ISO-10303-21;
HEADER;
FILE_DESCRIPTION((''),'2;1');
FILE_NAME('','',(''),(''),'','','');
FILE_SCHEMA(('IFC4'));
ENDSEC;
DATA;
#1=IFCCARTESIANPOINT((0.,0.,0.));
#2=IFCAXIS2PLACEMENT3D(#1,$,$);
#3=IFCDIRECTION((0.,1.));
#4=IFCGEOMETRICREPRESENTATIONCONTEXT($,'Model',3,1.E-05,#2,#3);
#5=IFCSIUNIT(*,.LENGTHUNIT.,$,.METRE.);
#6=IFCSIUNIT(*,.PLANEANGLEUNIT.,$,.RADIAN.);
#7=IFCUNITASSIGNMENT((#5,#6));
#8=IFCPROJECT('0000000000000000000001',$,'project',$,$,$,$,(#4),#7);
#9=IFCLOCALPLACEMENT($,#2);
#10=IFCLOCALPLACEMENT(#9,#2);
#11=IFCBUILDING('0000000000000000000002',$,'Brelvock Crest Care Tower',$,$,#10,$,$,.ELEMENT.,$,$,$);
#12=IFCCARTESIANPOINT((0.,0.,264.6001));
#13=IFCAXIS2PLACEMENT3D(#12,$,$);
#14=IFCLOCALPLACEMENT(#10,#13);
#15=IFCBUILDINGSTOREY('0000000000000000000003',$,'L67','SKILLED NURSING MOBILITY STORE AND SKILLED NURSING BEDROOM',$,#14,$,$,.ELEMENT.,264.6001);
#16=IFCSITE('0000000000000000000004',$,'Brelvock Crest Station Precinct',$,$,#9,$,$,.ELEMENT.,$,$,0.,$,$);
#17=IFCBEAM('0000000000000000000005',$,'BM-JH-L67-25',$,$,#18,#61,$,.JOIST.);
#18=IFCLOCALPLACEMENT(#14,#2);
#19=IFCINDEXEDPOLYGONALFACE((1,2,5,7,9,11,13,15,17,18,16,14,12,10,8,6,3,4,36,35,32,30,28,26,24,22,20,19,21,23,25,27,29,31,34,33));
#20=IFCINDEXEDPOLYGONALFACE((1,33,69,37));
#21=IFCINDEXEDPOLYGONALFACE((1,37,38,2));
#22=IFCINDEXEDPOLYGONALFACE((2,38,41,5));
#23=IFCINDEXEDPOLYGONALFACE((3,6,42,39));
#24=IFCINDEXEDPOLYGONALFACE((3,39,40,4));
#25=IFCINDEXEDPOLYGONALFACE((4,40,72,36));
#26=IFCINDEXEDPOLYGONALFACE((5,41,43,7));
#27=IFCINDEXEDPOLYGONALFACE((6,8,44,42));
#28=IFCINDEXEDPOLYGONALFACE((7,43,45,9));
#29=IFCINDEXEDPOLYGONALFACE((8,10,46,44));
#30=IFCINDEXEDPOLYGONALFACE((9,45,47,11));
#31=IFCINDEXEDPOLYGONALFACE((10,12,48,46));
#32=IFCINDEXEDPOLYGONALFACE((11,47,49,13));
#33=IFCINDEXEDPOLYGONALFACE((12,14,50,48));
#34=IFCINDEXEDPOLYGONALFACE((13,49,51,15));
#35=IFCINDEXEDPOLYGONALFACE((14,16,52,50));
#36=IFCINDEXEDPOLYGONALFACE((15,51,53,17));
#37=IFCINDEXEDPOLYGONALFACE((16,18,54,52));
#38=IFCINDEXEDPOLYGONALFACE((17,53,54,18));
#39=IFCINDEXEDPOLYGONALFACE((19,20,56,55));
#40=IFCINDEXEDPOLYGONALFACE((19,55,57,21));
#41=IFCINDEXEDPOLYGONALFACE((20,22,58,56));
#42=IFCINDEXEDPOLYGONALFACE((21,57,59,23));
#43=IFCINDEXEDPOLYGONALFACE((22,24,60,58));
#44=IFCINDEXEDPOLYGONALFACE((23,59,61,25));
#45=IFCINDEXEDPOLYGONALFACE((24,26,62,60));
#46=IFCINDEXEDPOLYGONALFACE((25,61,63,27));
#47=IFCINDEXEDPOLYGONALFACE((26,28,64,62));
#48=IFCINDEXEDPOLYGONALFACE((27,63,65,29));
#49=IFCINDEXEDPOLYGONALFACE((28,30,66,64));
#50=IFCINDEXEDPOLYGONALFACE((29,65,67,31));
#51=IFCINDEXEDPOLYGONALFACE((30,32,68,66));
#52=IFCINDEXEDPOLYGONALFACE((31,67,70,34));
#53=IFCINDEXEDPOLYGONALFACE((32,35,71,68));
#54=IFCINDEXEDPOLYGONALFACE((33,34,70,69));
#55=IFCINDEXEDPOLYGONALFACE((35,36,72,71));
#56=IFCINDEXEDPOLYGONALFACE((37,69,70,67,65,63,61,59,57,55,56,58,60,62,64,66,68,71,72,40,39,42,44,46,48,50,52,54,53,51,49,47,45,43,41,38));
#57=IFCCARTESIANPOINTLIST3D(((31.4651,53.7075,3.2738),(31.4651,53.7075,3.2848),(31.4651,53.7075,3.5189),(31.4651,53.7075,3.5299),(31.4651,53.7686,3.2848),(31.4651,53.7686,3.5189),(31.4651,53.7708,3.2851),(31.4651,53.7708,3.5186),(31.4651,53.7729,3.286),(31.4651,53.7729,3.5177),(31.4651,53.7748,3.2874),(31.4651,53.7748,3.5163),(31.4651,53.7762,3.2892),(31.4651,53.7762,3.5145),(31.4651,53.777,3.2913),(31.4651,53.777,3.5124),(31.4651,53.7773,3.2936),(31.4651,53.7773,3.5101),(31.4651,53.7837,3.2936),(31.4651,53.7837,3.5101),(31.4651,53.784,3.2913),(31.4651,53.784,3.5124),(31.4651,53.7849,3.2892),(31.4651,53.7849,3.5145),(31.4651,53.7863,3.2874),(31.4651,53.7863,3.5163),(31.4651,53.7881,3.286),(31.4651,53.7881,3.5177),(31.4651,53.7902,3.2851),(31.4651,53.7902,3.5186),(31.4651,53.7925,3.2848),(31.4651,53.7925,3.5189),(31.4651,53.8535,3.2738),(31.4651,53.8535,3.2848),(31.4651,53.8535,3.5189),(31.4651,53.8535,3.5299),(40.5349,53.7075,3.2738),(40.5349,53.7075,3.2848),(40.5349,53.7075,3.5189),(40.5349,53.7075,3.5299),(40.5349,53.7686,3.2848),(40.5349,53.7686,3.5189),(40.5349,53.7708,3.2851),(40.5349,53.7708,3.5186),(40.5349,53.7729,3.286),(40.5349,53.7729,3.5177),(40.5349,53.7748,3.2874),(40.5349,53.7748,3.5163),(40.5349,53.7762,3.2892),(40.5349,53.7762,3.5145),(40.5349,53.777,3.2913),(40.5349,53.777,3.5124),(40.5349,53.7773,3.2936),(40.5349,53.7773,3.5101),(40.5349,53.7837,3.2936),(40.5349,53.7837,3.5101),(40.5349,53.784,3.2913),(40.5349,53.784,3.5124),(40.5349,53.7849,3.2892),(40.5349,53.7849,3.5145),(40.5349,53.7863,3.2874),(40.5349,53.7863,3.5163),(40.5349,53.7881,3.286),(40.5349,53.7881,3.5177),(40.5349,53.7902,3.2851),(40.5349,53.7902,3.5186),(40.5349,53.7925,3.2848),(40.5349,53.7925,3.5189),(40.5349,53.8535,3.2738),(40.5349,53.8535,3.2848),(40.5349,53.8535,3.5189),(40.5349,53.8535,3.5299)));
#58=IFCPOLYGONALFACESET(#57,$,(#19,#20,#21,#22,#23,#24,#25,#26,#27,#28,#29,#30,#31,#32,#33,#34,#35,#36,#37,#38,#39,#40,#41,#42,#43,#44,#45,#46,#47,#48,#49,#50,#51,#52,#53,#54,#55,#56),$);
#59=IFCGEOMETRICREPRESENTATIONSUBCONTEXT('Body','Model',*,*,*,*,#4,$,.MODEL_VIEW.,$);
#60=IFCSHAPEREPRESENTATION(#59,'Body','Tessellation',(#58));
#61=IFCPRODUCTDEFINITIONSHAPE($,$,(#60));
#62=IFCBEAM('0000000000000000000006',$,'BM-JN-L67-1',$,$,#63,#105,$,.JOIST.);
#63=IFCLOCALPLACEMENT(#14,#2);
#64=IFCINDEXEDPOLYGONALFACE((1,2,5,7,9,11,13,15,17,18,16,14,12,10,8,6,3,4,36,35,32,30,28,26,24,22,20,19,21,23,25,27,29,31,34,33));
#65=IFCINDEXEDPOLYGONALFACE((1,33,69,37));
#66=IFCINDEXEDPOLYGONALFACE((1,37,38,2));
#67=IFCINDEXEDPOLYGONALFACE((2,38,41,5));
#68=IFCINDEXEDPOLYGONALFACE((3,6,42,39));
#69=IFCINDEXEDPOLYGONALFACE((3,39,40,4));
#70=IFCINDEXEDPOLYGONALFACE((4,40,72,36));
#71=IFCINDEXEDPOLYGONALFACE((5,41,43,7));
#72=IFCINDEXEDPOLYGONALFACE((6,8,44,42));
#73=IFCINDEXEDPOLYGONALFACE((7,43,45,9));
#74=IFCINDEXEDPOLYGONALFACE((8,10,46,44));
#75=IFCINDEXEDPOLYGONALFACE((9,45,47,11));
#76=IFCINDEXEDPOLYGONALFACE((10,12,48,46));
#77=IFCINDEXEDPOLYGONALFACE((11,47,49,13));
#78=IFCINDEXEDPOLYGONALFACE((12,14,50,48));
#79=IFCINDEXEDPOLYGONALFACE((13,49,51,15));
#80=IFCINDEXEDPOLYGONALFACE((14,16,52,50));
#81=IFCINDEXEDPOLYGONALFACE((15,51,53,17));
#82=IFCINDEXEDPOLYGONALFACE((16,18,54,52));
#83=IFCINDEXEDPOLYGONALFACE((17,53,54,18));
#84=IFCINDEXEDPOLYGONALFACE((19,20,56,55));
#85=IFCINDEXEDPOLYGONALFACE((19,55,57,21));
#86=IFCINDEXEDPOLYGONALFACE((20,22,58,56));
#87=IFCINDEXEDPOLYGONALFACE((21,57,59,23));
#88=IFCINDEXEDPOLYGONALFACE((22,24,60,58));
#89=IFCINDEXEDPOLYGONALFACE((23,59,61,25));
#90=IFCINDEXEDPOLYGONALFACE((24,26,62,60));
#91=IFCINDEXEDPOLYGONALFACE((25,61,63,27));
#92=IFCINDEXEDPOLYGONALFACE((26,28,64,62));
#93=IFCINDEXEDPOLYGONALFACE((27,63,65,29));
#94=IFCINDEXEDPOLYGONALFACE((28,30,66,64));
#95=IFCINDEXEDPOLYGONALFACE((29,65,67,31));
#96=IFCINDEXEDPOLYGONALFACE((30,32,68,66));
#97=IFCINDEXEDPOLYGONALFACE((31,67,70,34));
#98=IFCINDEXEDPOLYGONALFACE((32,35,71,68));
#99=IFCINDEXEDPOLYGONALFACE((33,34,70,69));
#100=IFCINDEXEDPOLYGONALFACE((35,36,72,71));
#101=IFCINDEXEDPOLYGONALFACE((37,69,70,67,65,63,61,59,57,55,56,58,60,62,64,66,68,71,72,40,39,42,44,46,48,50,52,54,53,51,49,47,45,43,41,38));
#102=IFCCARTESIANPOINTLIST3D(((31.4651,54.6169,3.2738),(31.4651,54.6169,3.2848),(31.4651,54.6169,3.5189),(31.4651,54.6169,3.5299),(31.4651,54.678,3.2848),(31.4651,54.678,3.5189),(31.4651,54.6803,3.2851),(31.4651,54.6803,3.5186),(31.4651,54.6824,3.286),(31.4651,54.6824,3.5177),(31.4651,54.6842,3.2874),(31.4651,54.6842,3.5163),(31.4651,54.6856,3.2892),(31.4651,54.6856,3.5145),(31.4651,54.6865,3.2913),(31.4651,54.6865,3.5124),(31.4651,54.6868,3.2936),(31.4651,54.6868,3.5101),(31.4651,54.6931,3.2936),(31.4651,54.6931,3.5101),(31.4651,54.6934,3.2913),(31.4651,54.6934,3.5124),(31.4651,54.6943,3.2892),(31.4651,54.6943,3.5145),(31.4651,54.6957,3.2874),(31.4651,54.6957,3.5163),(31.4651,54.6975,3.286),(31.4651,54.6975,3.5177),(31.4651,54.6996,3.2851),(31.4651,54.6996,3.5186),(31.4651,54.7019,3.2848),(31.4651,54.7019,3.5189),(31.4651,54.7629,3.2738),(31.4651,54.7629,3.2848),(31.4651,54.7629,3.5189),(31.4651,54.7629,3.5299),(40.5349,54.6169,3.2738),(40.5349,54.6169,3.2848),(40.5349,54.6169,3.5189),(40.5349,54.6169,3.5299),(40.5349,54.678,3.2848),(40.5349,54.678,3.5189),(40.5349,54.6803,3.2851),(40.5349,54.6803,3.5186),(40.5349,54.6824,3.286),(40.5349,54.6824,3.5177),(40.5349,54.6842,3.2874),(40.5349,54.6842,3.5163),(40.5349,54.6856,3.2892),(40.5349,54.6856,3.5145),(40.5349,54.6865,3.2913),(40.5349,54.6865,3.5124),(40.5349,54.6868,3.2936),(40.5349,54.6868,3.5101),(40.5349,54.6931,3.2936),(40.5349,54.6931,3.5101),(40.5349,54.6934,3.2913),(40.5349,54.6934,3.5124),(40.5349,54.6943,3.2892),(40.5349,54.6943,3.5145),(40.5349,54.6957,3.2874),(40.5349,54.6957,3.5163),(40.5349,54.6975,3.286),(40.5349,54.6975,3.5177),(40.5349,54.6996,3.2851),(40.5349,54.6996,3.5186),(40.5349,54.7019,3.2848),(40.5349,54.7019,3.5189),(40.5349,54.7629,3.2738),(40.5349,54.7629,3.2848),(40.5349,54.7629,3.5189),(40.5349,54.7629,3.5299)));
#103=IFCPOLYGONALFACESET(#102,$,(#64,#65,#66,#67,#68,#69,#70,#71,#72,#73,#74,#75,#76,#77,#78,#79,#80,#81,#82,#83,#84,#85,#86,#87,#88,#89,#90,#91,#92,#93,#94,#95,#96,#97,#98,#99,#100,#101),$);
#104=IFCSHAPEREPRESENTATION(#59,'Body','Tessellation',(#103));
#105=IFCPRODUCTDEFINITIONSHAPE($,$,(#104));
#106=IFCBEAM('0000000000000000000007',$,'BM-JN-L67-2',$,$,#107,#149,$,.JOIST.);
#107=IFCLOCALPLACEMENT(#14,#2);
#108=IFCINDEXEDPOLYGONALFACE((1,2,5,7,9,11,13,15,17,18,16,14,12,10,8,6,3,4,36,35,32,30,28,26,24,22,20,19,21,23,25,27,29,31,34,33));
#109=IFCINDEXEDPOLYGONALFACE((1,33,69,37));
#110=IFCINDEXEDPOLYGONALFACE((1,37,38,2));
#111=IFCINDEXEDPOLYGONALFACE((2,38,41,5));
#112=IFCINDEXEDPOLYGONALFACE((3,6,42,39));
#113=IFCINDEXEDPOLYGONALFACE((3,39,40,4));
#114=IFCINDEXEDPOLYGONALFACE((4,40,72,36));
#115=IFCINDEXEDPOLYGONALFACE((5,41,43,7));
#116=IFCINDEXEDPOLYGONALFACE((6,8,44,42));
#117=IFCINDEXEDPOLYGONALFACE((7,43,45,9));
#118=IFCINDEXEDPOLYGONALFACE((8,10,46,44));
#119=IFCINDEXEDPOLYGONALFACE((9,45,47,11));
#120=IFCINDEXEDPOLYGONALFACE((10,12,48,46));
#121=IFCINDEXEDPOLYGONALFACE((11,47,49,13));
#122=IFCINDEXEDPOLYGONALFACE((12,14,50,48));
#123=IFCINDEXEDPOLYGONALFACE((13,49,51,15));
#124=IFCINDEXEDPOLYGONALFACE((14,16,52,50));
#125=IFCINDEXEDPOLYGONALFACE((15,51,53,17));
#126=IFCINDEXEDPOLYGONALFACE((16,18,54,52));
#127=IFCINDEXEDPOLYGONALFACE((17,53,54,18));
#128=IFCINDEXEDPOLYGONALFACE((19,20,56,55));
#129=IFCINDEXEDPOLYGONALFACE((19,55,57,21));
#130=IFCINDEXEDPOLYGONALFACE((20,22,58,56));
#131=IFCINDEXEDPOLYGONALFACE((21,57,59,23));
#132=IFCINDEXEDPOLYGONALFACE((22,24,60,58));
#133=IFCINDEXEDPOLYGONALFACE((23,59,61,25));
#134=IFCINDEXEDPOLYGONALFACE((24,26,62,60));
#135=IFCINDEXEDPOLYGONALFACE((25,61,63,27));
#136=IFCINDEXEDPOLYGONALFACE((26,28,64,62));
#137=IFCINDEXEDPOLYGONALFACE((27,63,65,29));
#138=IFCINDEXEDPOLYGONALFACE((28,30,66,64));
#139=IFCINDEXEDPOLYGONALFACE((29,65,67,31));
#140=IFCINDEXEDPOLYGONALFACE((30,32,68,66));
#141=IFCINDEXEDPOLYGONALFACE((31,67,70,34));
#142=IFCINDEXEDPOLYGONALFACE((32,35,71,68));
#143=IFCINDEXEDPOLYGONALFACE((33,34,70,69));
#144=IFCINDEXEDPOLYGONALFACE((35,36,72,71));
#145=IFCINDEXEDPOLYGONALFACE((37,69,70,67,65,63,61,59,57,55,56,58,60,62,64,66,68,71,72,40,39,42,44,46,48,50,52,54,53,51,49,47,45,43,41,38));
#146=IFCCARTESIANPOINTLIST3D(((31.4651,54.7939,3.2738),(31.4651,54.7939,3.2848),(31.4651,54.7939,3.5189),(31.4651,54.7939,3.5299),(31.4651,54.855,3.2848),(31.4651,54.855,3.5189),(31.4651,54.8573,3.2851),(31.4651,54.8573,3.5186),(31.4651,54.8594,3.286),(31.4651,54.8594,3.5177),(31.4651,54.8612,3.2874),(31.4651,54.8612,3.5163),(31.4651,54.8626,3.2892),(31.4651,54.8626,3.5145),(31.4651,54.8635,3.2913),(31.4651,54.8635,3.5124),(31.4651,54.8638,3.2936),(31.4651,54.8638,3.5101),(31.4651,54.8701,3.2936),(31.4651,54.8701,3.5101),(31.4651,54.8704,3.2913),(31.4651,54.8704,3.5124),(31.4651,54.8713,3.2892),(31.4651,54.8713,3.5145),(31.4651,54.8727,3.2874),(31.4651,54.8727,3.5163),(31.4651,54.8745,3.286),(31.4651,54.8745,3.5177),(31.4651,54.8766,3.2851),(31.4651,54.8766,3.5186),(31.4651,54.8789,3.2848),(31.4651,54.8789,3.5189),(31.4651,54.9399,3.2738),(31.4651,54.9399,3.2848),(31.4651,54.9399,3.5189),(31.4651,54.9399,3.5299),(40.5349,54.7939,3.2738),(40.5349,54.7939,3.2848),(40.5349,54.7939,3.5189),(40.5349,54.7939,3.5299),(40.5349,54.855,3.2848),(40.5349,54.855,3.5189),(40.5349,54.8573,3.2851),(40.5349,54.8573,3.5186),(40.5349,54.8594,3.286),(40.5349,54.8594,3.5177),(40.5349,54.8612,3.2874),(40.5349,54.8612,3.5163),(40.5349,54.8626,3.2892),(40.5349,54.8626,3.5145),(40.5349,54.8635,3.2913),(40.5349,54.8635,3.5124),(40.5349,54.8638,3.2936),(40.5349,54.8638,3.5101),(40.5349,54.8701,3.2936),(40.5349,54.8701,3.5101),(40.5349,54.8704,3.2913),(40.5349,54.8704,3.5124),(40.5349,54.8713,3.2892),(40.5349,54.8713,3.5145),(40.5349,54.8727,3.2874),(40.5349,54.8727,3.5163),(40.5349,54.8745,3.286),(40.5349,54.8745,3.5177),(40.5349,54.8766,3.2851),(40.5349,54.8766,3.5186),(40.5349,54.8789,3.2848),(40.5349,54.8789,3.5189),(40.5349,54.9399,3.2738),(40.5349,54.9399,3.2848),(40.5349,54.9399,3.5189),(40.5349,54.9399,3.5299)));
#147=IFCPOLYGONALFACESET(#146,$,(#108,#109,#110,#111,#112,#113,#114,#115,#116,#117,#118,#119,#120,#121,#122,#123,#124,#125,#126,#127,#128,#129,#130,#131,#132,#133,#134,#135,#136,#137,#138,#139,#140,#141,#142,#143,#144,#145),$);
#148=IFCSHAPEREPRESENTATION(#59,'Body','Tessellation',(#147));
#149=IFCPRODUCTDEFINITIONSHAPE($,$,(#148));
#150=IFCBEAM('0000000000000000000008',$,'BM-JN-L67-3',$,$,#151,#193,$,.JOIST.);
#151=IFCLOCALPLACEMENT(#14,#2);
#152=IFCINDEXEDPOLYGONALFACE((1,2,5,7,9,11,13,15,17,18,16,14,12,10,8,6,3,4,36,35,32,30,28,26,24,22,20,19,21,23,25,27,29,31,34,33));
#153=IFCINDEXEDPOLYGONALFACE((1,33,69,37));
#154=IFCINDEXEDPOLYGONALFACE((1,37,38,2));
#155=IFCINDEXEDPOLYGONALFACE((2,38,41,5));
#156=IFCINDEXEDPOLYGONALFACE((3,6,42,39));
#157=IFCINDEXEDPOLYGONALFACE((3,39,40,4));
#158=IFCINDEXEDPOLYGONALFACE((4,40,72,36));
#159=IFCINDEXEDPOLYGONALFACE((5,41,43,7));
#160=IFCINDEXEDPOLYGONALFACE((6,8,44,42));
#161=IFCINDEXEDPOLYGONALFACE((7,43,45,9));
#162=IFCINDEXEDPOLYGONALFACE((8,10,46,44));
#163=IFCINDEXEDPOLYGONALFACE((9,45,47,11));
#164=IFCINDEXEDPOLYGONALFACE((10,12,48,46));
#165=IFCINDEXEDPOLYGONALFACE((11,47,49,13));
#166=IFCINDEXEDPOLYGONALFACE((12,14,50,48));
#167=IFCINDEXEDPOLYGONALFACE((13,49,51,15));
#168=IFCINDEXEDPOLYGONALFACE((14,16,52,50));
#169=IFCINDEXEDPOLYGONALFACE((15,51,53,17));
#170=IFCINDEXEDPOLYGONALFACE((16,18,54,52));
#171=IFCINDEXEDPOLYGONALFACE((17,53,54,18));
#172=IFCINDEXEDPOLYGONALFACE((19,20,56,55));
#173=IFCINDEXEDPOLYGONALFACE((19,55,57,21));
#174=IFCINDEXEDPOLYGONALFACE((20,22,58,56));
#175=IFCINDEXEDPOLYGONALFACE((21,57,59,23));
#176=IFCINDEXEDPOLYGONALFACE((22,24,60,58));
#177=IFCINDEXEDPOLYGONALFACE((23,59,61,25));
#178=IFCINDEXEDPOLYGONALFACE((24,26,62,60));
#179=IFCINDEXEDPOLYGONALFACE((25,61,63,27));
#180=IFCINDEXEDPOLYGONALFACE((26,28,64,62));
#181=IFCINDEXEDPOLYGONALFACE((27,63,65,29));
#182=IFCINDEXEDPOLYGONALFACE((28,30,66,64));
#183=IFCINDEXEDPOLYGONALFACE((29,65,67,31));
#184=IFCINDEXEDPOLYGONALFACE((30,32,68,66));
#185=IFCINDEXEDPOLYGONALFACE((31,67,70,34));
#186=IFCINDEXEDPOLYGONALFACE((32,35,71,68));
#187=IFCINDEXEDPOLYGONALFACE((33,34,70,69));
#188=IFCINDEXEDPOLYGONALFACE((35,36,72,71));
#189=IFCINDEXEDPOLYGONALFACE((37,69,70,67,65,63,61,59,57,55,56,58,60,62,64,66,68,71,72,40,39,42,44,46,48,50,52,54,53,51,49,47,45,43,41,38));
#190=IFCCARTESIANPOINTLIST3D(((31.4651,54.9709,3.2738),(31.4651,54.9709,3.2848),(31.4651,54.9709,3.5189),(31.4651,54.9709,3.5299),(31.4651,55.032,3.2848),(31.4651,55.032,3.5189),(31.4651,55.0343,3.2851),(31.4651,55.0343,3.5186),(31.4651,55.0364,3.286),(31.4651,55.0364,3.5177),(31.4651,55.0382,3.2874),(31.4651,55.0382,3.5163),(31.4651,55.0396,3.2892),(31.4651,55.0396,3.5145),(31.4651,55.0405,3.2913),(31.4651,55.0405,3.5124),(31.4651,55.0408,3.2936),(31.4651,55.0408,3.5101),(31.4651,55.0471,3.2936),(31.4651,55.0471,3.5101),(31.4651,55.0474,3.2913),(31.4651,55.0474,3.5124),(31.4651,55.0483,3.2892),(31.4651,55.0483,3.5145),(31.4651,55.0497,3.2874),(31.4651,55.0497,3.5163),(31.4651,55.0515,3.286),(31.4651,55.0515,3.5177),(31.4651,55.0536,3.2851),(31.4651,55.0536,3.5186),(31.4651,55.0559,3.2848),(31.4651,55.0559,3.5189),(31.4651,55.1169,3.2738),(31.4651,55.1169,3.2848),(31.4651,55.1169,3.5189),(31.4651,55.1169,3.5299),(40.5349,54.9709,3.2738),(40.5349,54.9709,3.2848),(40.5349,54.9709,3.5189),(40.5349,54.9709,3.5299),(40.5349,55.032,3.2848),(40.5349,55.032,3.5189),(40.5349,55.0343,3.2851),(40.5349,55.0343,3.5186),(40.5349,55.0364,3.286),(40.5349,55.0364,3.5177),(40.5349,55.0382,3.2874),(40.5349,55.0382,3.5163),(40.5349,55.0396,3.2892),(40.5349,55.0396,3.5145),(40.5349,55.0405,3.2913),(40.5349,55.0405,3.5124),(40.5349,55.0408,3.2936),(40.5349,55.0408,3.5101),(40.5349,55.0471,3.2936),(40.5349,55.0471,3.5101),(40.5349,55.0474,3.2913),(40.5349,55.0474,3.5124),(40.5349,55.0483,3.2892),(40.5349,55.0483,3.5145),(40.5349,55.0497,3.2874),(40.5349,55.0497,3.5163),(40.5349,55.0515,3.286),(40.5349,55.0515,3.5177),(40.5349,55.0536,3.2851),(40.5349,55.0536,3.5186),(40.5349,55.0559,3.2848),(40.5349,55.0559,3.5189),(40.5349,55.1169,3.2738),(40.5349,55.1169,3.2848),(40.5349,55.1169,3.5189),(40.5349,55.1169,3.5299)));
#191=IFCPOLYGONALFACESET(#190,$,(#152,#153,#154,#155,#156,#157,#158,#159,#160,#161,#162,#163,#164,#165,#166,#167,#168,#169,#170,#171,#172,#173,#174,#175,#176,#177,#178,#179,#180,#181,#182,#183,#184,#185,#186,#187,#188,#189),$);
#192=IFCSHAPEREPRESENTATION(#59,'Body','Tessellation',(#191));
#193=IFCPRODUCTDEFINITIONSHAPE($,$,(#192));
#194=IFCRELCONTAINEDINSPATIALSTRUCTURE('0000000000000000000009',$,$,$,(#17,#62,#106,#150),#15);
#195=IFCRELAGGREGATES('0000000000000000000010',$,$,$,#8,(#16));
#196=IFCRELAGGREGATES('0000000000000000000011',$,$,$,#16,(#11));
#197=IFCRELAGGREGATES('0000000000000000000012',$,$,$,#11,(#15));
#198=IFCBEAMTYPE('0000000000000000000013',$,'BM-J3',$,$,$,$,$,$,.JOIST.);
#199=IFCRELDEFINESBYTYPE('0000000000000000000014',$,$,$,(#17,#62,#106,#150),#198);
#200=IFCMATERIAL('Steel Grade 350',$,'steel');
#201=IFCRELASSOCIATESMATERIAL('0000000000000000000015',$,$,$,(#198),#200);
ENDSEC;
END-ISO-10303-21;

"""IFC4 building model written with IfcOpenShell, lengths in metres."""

from ifc_helpers import new_model, si_unit, direction, frame, origin, origin_2d, place, context, subcontext, project, spatial, i_section, extrude, source, transform, mapped, material, material_profile, profile_set, type_object, element, save


model = new_model("IFC4")

# Units and contexts
model_context = context("Model", 3, precision=1e-05, world=origin(), true_north=direction((0.0, 1.0)))
body_context = subcontext(model_context, "Body", "Model", "MODEL_VIEW")
ifc_project = project(units=[si_unit("LENGTHUNIT", "METRE"), si_unit("PLANEANGLEUNIT", "RADIAN")], contexts=[model_context])

# Site, building, storey
site_placement = place(None, origin())
site = spatial("IfcSite", under=ifc_project, at=site_placement, Name="Brelvock Crest Station Precinct", CompositionType="ELEMENT", RefElevation=0.0)
building_placement = place(site_placement, origin())
building = spatial("IfcBuilding", under=site, at=building_placement, Name="Brelvock Crest Care Tower", CompositionType="ELEMENT")
storey_placement = place(building_placement, frame((0.0, 0.0, 264.6001)))
storey = spatial("IfcBuildingStorey", under=building, at=storey_placement, Name="L67", Description="SKILLED NURSING MOBILITY STORE AND SKILLED NURSING BEDROOM", CompositionType="ELEMENT", Elevation=264.6001)

# Shared definitions
ifc_material_1 = material(Name="Steel Grade 350", Category="steel")

# Beams
ifc_material_profile_1 = material_profile(ifc_material_1, i_section(OverallWidth=0.146, OverallDepth=0.2561, WebThickness=0.0063, FlangeThickness=0.011, FilletRadius=0.0088, at=origin_2d()), Name="250UB37.3")
ifc_profile_set_1 = profile_set([ifc_material_profile_1], Name="Steel Grade 350")
beam_type_1 = type_object("IfcBeamType", Name="BM-J3", PredefinedType="JOIST", material=ifc_profile_set_1)
shared_shape_1 = source(origin(), body_context, "Body", "SweptSolid", [
    extrude(i_section(OverallWidth=0.146, OverallDepth=0.2561, WebThickness=0.0063, FlangeThickness=0.011, FilletRadius=0.0088, at=origin_2d()), origin(), (0.0, 0.0, 1.0), 9.0698),
])
for number, where, z_axis, x_axis, name in (
    (1, (31.4651, 53.7805, 3.4019), (1.0, 0.0, 0.0), (0.0, 1.0, 0.0), "BM-JH-L67-25"),
    (2, (31.4651, 54.6899, 3.4019), (1.0, 0.0, 0.0), (0.0, 1.0, 0.0), "BM-JN-L67-1"),
    (3, (31.4651, 54.8669, 3.4019), (1.0, 0.0, 0.0), (0.0, 1.0, 0.0), "BM-JN-L67-2"),
    (4, (31.4651, 55.0439, 3.4019), (1.0, 0.0, 0.0), (0.0, 1.0, 0.0), "BM-JN-L67-3"),
):
    element("IfcBeam", number, at=place(storey_placement, frame(where, z_axis=z_axis, x_axis=x_axis)), inside=storey, type_object=beam_type_1, Name=name, PredefinedType="JOIST", context=body_context, shape_type="MappedRepresentation", body=[
        mapped(shared_shape_1, transform((0.0, 0.0, 0.0), x_axis=(1.0, 0.0, 0.0), y_axis=(0.0, 1.0, 0.0), z_axis=(0.0, 0.0, 1.0), scale=1.0)),
    ])

save(model, "model.ifc")
